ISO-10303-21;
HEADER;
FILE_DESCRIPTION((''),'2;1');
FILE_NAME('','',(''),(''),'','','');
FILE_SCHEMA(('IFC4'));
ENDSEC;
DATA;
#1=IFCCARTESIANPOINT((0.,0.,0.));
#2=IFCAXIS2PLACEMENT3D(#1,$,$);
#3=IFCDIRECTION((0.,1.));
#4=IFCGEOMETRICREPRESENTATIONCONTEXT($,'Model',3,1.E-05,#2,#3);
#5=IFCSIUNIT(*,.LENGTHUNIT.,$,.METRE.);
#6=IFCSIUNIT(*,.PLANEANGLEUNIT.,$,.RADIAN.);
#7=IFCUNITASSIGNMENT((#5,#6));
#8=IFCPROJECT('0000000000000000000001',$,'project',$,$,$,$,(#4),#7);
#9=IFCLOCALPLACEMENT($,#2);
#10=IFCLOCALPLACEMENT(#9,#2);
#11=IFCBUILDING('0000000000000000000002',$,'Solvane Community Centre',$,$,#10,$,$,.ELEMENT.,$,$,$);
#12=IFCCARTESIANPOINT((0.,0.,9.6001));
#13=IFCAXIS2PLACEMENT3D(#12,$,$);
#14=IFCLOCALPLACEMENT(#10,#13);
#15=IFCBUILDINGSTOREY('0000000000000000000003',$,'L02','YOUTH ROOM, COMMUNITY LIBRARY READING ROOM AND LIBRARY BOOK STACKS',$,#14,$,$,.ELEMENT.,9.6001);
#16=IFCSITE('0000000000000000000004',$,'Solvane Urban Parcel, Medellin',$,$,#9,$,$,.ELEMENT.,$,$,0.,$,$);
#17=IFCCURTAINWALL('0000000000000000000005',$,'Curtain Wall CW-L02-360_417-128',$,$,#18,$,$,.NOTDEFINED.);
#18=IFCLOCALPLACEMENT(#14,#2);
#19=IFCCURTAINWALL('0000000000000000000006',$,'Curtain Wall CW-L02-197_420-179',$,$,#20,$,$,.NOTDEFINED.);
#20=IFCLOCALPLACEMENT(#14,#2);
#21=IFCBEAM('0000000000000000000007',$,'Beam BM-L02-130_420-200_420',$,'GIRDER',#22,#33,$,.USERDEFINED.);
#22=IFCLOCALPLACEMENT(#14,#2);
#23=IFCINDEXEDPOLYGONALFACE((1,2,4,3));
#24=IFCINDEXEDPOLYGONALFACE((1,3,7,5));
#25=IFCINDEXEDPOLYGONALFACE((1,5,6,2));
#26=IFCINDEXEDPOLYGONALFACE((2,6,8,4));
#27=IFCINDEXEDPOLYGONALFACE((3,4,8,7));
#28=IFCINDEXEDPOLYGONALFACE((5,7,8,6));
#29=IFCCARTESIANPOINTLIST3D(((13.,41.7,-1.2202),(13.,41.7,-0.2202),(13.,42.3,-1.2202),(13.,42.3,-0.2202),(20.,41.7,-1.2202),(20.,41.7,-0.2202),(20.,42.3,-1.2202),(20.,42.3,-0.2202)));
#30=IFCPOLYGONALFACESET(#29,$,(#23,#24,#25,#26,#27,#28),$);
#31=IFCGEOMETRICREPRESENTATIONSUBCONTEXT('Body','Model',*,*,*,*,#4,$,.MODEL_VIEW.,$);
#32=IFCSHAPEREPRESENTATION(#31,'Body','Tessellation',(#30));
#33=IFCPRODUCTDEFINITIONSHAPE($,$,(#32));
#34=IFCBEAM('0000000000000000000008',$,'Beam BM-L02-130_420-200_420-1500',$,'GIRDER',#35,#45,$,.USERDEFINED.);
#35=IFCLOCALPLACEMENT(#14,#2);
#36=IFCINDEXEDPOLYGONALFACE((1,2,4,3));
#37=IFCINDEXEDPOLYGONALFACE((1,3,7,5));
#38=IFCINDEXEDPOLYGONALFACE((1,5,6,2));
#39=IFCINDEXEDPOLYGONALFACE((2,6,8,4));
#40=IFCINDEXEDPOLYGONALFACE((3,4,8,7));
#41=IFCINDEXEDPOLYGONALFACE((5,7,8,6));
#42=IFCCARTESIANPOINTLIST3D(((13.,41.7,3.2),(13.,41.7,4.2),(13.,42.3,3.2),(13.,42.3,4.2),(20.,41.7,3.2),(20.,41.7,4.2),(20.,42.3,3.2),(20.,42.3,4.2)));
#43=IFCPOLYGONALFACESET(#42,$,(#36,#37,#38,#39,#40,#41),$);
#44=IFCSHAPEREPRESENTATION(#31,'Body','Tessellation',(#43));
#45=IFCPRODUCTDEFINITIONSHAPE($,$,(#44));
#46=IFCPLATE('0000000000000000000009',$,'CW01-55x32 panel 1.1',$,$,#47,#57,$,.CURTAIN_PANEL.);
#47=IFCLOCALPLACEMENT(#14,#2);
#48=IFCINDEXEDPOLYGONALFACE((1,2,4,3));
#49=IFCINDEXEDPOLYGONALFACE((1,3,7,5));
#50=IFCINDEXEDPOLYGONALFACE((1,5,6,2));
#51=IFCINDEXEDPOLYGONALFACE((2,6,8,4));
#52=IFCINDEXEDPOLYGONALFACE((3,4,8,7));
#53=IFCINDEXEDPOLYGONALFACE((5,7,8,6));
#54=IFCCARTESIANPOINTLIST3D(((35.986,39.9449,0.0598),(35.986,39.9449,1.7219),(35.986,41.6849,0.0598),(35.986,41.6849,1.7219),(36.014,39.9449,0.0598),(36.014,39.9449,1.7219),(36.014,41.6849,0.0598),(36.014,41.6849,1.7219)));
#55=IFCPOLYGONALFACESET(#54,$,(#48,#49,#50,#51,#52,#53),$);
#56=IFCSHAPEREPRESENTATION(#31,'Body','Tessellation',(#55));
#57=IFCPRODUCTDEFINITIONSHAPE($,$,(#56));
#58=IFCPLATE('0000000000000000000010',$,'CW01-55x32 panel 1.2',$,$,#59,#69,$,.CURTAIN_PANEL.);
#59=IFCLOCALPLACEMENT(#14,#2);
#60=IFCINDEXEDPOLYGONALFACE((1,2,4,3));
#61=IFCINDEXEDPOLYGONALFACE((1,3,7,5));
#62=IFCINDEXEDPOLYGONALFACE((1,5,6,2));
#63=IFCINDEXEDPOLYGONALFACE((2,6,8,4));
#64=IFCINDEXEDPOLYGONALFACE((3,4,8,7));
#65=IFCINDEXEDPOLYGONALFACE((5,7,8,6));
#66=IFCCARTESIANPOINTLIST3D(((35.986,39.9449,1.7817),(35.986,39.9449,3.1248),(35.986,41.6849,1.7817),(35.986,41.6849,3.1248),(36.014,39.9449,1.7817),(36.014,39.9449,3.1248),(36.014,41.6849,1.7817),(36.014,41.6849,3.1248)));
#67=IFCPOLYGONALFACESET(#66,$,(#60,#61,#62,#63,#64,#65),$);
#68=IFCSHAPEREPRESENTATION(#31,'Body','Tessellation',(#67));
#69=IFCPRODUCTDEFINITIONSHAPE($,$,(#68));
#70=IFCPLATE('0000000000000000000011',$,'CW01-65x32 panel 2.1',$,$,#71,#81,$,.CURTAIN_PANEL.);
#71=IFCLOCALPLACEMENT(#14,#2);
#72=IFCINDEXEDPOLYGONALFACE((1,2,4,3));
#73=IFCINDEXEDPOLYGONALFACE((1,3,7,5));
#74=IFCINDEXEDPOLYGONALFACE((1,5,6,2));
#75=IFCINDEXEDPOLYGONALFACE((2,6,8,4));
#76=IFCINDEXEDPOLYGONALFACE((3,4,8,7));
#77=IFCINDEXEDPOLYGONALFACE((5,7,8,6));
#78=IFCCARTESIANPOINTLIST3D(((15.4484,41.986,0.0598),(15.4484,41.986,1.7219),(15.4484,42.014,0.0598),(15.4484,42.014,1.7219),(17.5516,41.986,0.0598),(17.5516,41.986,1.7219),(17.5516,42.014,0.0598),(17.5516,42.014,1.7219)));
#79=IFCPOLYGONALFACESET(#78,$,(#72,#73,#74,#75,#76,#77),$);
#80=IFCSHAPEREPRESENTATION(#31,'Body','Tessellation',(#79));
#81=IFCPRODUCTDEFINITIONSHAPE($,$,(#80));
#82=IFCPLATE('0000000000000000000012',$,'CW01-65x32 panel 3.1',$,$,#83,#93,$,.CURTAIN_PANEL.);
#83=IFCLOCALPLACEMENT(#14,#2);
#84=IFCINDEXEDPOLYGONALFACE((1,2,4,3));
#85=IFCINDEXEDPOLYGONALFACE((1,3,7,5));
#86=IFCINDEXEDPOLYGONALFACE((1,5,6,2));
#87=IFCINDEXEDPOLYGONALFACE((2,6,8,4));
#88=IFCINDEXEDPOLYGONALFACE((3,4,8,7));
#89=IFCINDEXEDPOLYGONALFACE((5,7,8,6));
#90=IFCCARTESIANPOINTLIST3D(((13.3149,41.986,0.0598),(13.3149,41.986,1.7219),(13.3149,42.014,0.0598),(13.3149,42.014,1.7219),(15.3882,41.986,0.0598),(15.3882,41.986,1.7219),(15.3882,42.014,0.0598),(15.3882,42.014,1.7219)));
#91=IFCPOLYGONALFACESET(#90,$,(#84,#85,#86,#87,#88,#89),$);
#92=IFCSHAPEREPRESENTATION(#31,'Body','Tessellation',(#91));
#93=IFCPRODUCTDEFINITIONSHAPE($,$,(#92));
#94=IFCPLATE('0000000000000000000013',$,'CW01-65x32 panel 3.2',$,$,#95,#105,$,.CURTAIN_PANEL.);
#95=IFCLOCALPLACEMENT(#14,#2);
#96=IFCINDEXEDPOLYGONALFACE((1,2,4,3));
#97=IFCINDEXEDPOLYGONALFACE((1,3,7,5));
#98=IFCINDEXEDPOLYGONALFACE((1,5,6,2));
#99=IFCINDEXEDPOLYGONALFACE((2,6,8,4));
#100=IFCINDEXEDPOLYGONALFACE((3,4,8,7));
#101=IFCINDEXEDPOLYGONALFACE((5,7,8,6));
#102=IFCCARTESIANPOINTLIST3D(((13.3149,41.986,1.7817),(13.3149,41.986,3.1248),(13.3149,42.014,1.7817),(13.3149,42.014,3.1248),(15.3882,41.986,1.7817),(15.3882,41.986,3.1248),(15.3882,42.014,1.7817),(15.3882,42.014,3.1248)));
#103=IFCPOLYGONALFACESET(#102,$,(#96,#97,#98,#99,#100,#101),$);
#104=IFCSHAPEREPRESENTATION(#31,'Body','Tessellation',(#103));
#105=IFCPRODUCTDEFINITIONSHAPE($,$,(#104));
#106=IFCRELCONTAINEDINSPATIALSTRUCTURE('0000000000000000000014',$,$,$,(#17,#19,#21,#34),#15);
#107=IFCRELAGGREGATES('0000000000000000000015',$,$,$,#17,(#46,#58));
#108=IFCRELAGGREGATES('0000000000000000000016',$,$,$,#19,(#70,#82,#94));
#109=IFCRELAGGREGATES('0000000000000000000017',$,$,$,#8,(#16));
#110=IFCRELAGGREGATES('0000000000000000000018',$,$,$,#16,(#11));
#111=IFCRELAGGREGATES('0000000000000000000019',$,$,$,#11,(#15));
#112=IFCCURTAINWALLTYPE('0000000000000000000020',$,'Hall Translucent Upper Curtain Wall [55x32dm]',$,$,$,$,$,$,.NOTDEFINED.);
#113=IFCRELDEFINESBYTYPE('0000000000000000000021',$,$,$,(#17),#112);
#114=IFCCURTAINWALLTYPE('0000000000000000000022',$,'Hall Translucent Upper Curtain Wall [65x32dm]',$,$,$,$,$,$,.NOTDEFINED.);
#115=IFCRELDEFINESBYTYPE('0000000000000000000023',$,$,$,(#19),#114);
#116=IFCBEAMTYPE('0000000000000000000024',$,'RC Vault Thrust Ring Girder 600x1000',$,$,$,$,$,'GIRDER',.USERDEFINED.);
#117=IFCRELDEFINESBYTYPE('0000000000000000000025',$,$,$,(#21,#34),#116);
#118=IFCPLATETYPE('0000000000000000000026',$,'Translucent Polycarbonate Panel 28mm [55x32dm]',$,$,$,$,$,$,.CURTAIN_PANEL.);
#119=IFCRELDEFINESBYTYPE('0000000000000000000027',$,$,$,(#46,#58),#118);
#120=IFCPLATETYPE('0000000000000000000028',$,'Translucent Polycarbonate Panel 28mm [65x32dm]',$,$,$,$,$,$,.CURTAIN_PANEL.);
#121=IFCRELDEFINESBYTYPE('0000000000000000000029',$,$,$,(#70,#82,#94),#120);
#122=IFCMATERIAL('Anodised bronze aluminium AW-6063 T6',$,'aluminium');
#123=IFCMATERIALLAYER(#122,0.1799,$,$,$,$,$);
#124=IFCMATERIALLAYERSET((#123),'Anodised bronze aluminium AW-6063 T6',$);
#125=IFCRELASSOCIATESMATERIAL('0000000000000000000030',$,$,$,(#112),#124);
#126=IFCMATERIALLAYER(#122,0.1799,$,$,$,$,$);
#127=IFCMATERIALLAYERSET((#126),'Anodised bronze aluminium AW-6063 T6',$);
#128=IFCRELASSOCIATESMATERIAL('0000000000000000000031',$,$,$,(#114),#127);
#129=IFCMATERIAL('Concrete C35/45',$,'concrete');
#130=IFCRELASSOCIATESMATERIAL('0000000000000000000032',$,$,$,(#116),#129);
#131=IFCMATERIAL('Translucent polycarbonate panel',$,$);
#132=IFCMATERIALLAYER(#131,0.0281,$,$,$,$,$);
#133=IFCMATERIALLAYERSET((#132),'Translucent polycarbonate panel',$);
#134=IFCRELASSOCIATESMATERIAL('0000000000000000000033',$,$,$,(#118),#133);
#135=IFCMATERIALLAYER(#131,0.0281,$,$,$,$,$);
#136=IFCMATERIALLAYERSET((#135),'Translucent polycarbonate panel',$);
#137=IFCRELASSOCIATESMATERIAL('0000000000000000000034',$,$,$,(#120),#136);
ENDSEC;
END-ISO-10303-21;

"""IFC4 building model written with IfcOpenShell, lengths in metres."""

from ifc_helpers import new_model, si_unit, direction, frame, origin, origin_2d, place, context, subcontext, project, spatial, rectangle, extrude, material, layer, layer_set, material_profile, profile_set, type_object, element, aggregate, save


model = new_model("IFC4")

# Units and contexts
model_context = context("Model", 3, precision=1e-05, world=origin(), true_north=direction((0.0, 1.0)))
body_context = subcontext(model_context, "Body", "Model", "MODEL_VIEW")
ifc_project = project(units=[si_unit("LENGTHUNIT", "METRE"), si_unit("PLANEANGLEUNIT", "RADIAN")], contexts=[model_context])

# Site, building, storey
site_placement = place(None, origin())
site = spatial("IfcSite", under=ifc_project, at=site_placement, Name="Solvane Urban Parcel, Medellin", CompositionType="ELEMENT", RefElevation=0.0)
building_placement = place(site_placement, origin())
building = spatial("IfcBuilding", under=site, at=building_placement, Name="Solvane Community Centre", CompositionType="ELEMENT")
storey_placement = place(building_placement, frame((0.0, 0.0, 9.6001)))
storey = spatial("IfcBuildingStorey", under=building, at=storey_placement, Name="L02", Description="YOUTH ROOM, COMMUNITY LIBRARY READING ROOM AND LIBRARY BOOK STACKS", CompositionType="ELEMENT", Elevation=9.6001)

# Curtain wall
ifc_material_1 = material(Name="Anodised bronze aluminium AW-6063 T6", Category="aluminium")
ifc_layer_1 = layer(ifc_material_1, 0.1799)
ifc_layer_set_1 = layer_set([ifc_layer_1], Name="Anodised bronze aluminium AW-6063 T6")
curtain_wall_type_1 = type_object("IfcCurtainWallType", Name="Hall Translucent Upper Curtain Wall [55x32dm]", PredefinedType="NOTDEFINED", material=ifc_layer_set_1)
curtain_wall_1_placement = place(storey_placement, origin())
curtain_wall_1 = element("IfcCurtainWall", 1, at=curtain_wall_1_placement, inside=storey, type_object=curtain_wall_type_1, Name="Curtain Wall CW-L02-360_417-128", PredefinedType="NOTDEFINED")

# Curtain wall
ifc_layer_2 = layer(ifc_material_1, 0.1799)
ifc_layer_set_2 = layer_set([ifc_layer_2], Name="Anodised bronze aluminium AW-6063 T6")
curtain_wall_type_2 = type_object("IfcCurtainWallType", Name="Hall Translucent Upper Curtain Wall [65x32dm]", PredefinedType="NOTDEFINED", material=ifc_layer_set_2)
curtain_wall_2_placement = place(storey_placement, origin())
curtain_wall_2 = element("IfcCurtainWall", 2, at=curtain_wall_2_placement, inside=storey, type_object=curtain_wall_type_2, Name="Curtain Wall CW-L02-197_420-179", PredefinedType="NOTDEFINED")

# Beams
ifc_material_2 = material(Name="Concrete C35/45", Category="concrete")
ifc_material_profile_1 = material_profile(ifc_material_2, rectangle(XDim=0.6001, YDim=1.0, at=origin_2d()), Name="RC 600x1000")
ifc_profile_set_1 = profile_set([ifc_material_profile_1], Name="Concrete C35/45")
beam_type = type_object("IfcBeamType", Name="RC Vault Thrust Ring Girder 600x1000", ElementType="GIRDER", PredefinedType="USERDEFINED", material=ifc_profile_set_1)
for number, where, z_axis, x_axis, name in (
    (3, (13.0, 42.0, -0.7202), (1.0, 0.0, 0.0), (0.0, 1.0, 0.0), "Beam BM-L02-130_420-200_420"),
    (4, (13.0, 42.0, 3.7), (1.0, 0.0, 0.0), (0.0, 1.0, 0.0), "Beam BM-L02-130_420-200_420-1500"),
):
    element("IfcBeam", number, at=place(storey_placement, frame(where, z_axis=z_axis, x_axis=x_axis)), inside=storey, type_object=beam_type, Name=name, ObjectType="GIRDER", PredefinedType="USERDEFINED", context=body_context, shape_type="SweptSolid", body=[
        extrude(rectangle(XDim=0.6001, YDim=1.0, at=origin_2d()), origin(), (0.0, 0.0, 1.0), 7.0),
    ])

# Plates
ifc_material_3 = material(Name="Translucent polycarbonate panel")
ifc_layer_3 = layer(ifc_material_3, 0.0281)
ifc_layer_set_3 = layer_set([ifc_layer_3], Name="Translucent polycarbonate panel")
plate_type_1 = type_object("IfcPlateType", Name="Translucent Polycarbonate Panel 28mm [55x32dm]", PredefinedType="CURTAIN_PANEL", material=ifc_layer_set_3)
plate_1_placement = place(storey_placement, frame((36.0, 40.8149, 0.0598), z_axis=(0.0, 0.0, 1.0), x_axis=(0.0, -1.0, 0.0)))
plate_1 = element("IfcPlate", 5, at=plate_1_placement, type_object=plate_type_1, Name="CW01-55x32 panel 1.1", PredefinedType="CURTAIN_PANEL", context=body_context, shape_type="SweptSolid", body=[
    extrude(rectangle(XDim=1.74, YDim=0.0281, at=origin_2d()), origin(), (0.0, 0.0, 1.0), 1.6621),
])
plate_2_placement = place(storey_placement, frame((36.0, 40.8149, 1.7817), z_axis=(0.0, 0.0, 1.0), x_axis=(0.0, -1.0, 0.0)))
plate_2 = element("IfcPlate", 6, at=plate_2_placement, type_object=plate_type_1, Name="CW01-55x32 panel 1.2", PredefinedType="CURTAIN_PANEL", context=body_context, shape_type="SweptSolid", body=[
    extrude(rectangle(XDim=1.74, YDim=0.0281, at=origin_2d()), origin(), (0.0, 0.0, 1.0), 1.343),
])
aggregate(curtain_wall_1, [plate_1, plate_2])
ifc_layer_4 = layer(ifc_material_3, 0.0281)
ifc_layer_set_4 = layer_set([ifc_layer_4], Name="Translucent polycarbonate panel")
plate_type_2 = type_object("IfcPlateType", Name="Translucent Polycarbonate Panel 28mm [65x32dm]", PredefinedType="CURTAIN_PANEL", material=ifc_layer_set_4)
plate_3_placement = place(storey_placement, frame((16.5, 42.0, 0.0598), z_axis=(0.0, 0.0, 1.0), x_axis=(-1.0, 0.0, 0.0)))
plate_3 = element("IfcPlate", 7, at=plate_3_placement, type_object=plate_type_2, Name="CW01-65x32 panel 2.1", PredefinedType="CURTAIN_PANEL", context=body_context, shape_type="SweptSolid", body=[
    extrude(rectangle(XDim=2.1033, YDim=0.0281, at=origin_2d()), origin(), (0.0, 0.0, 1.0), 1.6621),
])
plate_4_placement = place(storey_placement, frame((14.3516, 42.0, 0.0598), z_axis=(0.0, 0.0, 1.0), x_axis=(-1.0, 0.0, 0.0)))
plate_4 = element("IfcPlate", 8, at=plate_4_placement, type_object=plate_type_2, Name="CW01-65x32 panel 3.1", PredefinedType="CURTAIN_PANEL", context=body_context, shape_type="SweptSolid", body=[
    extrude(rectangle(XDim=2.0732, YDim=0.0281, at=origin_2d()), origin(), (0.0, 0.0, 1.0), 1.6621),
])
plate_5_placement = place(storey_placement, frame((14.3516, 42.0, 1.7817), z_axis=(0.0, 0.0, 1.0), x_axis=(-1.0, 0.0, 0.0)))
plate_5 = element("IfcPlate", 9, at=plate_5_placement, type_object=plate_type_2, Name="CW01-65x32 panel 3.2", PredefinedType="CURTAIN_PANEL", context=body_context, shape_type="SweptSolid", body=[
    extrude(rectangle(XDim=2.0732, YDim=0.0281, at=origin_2d()), origin(), (0.0, 0.0, 1.0), 1.343),
])
aggregate(curtain_wall_2, [plate_3, plate_4, plate_5])

save(model, "model.ifc")
